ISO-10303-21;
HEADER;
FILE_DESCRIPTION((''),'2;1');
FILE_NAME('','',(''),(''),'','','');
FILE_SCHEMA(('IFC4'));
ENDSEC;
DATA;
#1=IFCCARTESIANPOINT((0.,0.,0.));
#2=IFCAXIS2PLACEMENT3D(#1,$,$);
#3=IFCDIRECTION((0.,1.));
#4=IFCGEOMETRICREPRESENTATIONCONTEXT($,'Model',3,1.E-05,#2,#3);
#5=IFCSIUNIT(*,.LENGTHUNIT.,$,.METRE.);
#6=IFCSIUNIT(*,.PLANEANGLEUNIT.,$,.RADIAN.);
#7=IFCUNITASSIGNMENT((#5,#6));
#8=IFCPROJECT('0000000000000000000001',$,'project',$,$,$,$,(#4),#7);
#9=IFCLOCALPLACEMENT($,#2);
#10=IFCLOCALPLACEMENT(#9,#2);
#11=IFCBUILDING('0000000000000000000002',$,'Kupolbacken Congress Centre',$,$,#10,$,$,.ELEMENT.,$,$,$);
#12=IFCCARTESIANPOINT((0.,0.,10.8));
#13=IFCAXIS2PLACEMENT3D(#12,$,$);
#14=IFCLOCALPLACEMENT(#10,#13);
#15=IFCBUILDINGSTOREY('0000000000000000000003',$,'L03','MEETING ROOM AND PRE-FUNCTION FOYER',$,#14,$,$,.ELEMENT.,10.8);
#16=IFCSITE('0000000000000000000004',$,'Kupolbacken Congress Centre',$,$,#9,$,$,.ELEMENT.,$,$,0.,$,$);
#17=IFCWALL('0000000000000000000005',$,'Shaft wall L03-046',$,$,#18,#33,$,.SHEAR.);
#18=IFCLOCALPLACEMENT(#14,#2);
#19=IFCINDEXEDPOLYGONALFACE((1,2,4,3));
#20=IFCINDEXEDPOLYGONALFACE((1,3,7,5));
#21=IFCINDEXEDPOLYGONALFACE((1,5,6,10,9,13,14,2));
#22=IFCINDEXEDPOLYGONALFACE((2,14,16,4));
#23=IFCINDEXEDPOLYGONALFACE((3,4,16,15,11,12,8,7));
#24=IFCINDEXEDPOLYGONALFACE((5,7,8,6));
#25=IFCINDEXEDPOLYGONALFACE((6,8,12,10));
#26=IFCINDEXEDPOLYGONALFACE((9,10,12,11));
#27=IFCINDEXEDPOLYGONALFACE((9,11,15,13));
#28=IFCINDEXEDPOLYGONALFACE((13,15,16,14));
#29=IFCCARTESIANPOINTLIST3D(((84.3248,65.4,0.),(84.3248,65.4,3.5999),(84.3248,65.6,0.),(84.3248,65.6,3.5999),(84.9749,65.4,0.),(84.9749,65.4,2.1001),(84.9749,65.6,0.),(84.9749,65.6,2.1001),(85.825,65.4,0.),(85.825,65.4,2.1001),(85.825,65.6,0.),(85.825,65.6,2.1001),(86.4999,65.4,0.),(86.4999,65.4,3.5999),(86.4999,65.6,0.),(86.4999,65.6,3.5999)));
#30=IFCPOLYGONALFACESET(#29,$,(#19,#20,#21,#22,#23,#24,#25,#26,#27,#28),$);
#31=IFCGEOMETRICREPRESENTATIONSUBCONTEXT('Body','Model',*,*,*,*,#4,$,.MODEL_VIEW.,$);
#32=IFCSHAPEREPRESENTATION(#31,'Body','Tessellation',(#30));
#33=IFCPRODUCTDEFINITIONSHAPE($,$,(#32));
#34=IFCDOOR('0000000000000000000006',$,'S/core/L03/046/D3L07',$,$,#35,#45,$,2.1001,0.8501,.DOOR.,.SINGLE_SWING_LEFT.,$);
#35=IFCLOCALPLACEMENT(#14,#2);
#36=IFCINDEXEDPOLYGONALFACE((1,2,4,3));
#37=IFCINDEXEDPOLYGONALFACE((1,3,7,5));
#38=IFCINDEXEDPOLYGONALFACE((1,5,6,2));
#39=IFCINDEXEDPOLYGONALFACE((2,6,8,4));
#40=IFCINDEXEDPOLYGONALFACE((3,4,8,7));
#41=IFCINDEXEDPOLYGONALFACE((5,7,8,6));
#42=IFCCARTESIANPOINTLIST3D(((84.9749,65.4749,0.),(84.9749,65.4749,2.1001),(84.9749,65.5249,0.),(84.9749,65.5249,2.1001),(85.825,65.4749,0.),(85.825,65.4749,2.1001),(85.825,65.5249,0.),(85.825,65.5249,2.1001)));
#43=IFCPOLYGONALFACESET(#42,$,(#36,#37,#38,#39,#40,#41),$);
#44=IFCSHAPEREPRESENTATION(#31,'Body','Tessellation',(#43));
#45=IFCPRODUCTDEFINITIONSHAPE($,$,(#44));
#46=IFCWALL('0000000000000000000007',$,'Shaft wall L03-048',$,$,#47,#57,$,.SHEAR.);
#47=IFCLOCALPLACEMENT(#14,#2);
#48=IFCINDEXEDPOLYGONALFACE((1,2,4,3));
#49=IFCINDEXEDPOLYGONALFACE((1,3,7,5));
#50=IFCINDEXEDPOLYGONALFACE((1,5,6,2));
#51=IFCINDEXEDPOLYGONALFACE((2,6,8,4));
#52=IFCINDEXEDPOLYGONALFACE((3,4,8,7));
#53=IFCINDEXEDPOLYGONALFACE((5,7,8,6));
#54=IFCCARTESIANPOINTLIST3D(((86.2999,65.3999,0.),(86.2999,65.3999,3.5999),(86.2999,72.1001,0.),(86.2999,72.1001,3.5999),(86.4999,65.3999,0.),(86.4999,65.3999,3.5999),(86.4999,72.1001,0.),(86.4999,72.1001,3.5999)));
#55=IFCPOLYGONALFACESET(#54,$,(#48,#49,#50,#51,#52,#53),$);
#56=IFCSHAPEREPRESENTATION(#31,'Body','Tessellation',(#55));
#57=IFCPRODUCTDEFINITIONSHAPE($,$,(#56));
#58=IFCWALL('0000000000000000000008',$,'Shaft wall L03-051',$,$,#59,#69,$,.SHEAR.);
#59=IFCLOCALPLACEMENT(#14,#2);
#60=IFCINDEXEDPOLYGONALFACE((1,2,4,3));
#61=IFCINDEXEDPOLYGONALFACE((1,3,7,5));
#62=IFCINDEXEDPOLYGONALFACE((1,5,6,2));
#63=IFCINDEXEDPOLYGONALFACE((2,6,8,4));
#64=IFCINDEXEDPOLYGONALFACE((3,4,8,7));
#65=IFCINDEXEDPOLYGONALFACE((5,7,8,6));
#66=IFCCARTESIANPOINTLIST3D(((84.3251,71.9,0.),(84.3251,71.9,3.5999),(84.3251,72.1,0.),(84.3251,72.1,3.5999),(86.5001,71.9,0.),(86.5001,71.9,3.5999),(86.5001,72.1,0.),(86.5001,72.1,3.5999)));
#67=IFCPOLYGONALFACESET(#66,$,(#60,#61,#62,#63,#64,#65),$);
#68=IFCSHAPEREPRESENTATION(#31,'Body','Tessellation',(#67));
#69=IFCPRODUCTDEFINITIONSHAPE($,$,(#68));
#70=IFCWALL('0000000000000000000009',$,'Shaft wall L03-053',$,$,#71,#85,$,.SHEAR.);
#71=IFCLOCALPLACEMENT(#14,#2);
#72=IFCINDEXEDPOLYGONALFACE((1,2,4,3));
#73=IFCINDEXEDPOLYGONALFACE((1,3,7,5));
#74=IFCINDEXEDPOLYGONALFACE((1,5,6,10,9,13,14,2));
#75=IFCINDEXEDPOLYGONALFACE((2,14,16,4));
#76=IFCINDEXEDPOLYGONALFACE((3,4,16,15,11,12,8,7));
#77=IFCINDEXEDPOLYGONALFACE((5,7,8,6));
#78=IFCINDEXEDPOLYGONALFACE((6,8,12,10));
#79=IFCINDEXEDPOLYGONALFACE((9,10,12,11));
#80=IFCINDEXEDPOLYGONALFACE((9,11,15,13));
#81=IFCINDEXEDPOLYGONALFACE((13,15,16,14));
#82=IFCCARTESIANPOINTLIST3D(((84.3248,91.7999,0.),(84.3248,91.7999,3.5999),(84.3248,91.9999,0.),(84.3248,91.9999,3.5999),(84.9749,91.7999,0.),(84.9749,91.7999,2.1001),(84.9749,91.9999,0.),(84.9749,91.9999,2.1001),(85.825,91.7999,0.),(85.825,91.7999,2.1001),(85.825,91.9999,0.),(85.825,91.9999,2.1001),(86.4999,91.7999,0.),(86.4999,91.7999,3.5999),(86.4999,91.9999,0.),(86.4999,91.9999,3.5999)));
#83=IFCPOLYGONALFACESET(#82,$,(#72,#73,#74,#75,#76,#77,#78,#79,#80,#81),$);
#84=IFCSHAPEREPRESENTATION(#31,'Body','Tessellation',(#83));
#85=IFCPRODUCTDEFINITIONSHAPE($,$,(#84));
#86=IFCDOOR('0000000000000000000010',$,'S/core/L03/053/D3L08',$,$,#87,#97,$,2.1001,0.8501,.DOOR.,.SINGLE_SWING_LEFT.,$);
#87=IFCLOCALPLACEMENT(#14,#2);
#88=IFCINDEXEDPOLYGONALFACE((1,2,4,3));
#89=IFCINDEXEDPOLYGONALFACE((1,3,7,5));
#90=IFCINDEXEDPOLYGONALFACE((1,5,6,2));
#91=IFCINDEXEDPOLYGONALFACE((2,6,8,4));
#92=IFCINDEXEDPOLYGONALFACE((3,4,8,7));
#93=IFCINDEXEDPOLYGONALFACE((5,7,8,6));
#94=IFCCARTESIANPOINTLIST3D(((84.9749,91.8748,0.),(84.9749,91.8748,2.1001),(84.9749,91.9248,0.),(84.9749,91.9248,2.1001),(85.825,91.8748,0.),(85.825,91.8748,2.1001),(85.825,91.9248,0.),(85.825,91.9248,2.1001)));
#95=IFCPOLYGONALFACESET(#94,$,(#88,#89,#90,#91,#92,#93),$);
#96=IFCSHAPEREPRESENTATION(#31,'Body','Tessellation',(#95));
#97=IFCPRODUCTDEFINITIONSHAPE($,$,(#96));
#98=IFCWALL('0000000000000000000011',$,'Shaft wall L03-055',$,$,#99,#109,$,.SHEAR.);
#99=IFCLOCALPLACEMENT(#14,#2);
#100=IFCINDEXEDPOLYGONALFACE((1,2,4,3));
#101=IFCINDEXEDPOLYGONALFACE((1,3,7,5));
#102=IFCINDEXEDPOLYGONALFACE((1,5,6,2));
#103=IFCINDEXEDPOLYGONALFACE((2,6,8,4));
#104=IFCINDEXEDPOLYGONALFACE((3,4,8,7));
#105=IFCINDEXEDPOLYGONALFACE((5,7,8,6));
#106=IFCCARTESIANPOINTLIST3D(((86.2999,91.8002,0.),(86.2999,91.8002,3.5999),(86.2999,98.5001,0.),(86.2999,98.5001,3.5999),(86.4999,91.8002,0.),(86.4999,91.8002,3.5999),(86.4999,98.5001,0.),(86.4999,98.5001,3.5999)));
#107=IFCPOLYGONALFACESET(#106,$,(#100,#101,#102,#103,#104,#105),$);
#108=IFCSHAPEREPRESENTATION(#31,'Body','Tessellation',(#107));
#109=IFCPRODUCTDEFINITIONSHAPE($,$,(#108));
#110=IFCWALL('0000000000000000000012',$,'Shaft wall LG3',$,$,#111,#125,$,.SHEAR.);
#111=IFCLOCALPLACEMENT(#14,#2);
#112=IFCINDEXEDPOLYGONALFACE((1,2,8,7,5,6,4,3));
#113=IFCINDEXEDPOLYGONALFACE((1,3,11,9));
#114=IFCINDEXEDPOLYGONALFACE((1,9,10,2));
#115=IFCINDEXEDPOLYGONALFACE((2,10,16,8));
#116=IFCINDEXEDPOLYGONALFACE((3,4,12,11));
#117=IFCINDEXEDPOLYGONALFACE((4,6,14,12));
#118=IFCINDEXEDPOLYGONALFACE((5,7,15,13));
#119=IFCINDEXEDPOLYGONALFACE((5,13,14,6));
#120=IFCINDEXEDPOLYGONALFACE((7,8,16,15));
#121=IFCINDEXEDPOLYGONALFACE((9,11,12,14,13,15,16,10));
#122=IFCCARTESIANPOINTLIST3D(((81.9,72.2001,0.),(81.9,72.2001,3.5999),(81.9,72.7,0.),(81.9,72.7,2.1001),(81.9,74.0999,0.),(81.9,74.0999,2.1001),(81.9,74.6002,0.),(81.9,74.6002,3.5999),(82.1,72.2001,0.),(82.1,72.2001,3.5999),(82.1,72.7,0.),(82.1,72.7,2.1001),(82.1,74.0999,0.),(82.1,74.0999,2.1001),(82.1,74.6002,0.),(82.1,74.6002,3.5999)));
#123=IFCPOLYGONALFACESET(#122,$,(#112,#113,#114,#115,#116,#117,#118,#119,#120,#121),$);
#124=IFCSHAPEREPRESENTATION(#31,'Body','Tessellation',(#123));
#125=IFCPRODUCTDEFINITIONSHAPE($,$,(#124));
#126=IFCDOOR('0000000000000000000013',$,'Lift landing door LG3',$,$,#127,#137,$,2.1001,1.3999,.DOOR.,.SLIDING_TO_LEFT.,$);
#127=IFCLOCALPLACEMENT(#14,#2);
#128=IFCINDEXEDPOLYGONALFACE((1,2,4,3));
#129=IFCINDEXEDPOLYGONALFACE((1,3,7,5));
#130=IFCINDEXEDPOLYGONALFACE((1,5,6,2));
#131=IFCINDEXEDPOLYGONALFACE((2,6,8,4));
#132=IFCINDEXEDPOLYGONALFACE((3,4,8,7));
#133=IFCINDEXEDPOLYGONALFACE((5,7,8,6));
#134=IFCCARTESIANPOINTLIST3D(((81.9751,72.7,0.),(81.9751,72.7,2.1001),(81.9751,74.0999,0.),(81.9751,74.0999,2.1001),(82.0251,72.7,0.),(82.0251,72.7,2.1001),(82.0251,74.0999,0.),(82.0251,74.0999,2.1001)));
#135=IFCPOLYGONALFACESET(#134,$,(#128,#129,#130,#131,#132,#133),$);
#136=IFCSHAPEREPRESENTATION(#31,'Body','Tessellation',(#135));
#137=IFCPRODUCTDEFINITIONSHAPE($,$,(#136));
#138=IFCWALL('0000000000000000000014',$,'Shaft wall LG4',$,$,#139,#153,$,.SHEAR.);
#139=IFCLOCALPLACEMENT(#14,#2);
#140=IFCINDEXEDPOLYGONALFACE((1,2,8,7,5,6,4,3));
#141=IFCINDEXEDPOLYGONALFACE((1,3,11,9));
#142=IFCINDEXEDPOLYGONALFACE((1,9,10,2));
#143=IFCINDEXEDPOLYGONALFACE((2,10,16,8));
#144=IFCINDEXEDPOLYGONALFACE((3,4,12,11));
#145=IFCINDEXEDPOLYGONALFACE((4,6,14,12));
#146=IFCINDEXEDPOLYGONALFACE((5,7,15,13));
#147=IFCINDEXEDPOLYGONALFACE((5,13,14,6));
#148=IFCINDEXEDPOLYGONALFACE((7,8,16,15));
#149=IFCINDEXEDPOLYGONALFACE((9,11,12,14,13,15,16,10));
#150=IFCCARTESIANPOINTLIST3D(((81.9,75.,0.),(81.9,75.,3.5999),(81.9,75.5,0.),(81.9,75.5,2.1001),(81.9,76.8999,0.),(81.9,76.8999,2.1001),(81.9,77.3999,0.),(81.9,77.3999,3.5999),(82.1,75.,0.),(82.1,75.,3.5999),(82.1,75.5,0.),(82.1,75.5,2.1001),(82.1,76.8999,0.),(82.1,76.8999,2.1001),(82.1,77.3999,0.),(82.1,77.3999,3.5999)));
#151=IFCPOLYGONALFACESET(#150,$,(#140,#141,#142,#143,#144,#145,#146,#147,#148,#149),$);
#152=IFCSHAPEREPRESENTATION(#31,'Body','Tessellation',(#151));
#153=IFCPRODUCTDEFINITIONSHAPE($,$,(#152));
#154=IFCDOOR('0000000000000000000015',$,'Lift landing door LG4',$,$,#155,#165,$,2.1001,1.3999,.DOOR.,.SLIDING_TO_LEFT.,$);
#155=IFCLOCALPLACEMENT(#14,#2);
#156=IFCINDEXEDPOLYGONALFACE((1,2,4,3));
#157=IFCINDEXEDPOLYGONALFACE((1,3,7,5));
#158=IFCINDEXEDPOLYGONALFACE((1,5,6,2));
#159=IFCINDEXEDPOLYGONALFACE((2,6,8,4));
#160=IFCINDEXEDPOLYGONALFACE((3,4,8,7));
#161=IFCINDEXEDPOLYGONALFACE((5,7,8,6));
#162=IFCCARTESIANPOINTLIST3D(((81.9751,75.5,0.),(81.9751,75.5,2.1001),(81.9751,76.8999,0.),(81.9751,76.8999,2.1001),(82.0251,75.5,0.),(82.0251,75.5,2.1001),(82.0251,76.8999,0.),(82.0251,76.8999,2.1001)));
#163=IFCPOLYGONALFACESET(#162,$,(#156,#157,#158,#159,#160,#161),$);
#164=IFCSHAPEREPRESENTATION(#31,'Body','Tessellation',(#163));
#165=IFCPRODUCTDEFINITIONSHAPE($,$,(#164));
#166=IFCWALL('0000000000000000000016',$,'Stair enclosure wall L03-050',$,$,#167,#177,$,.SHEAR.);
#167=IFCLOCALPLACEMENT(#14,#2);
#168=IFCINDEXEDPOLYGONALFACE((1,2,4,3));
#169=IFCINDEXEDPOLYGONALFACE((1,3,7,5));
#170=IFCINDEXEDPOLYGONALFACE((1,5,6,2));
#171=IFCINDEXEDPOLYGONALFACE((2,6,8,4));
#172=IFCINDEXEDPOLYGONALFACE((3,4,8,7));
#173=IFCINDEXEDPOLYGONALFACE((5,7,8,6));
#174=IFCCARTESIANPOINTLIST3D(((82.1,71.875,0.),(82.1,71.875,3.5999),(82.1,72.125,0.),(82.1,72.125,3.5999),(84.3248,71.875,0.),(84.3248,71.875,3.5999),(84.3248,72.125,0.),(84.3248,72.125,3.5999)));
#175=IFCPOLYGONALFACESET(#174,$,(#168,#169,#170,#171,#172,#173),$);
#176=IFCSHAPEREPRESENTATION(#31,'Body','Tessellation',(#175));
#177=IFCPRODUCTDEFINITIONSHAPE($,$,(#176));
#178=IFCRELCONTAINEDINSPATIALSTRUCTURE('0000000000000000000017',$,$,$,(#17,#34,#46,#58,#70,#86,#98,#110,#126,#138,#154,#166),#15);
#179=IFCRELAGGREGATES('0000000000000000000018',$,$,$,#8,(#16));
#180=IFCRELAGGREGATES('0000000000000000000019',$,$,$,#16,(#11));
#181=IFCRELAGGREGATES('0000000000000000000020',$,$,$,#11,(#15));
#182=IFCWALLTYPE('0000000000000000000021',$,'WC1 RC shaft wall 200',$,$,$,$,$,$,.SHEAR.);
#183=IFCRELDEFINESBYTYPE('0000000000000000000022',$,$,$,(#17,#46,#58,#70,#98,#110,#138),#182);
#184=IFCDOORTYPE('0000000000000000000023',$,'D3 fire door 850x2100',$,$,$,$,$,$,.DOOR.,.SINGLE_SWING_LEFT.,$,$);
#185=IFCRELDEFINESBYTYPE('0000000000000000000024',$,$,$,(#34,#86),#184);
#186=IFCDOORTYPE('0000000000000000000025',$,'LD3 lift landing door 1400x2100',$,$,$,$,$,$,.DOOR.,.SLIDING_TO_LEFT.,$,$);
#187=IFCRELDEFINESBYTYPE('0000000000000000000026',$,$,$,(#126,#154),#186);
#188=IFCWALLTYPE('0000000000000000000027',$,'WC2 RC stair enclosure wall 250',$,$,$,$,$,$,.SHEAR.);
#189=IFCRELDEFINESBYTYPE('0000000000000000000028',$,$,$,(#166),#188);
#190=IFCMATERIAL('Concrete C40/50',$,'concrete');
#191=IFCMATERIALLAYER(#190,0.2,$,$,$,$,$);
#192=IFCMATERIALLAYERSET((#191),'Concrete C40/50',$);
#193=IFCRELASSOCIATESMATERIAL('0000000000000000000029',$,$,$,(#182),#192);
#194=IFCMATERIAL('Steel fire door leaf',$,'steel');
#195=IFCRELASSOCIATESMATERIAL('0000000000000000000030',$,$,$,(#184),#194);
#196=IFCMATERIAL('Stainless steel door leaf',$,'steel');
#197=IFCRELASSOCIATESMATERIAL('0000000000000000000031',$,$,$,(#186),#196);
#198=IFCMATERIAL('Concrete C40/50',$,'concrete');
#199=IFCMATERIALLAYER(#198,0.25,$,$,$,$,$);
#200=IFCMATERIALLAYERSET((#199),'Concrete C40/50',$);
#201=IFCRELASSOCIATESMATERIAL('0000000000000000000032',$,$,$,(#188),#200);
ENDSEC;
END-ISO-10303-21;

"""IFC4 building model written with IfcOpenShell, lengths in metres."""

from ifc_helpers import new_model, si_unit, direction, frame, frame_2d, origin, place, context, subcontext, project, spatial, rectangle, extrude, material, layer, layer_set, type_object, element, fill, save


model = new_model("IFC4")

# Units and contexts
model_context = context("Model", 3, precision=1e-05, world=origin(), true_north=direction((0.0, 1.0)))
body_context = subcontext(model_context, "Body", "Model", "MODEL_VIEW")
ifc_project = project(units=[si_unit("LENGTHUNIT", "METRE"), si_unit("PLANEANGLEUNIT", "RADIAN")], contexts=[model_context])

# Site, building, storey
site_placement = place(None, origin())
site = spatial("IfcSite", under=ifc_project, at=site_placement, Name="Kupolbacken Congress Centre", CompositionType="ELEMENT", RefElevation=0.0)
building_placement = place(site_placement, origin())
building = spatial("IfcBuilding", under=site, at=building_placement, Name="Kupolbacken Congress Centre", CompositionType="ELEMENT")
storey_placement = place(building_placement, frame((0.0, 0.0, 10.8)))
storey = spatial("IfcBuildingStorey", under=building, at=storey_placement, Name="L03", Description="MEETING ROOM AND PRE-FUNCTION FOYER", CompositionType="ELEMENT", Elevation=10.8)

# Wall, opening, door
ifc_material_1 = material(Name="Concrete C40/50", Category="concrete")
ifc_layer_1 = layer(ifc_material_1, 0.2)
ifc_layer_set_1 = layer_set([ifc_layer_1], Name="Concrete C40/50")
wall_type_1 = type_object("IfcWallType", Name="WC1 RC shaft wall 200", PredefinedType="SHEAR", material=ifc_layer_set_1)
wall_1_placement = place(storey_placement, frame((84.325, 65.5, 0.0), z_axis=(0.0, 0.0, 1.0), x_axis=(1.0, 0.0, 0.0)))
wall_1 = element("IfcWall", 1, at=wall_1_placement, inside=storey, type_object=wall_type_1, Name="Shaft wall L03-046", PredefinedType="SHEAR", context=body_context, shape_type="SweptSolid", body=[
    extrude(rectangle(XDim=2.175, YDim=0.2, at=frame_2d((1.0874, 0.0))), origin(), (0.0, 0.0, 1.0), 3.5999),
])
opening_1_placement = place(wall_1_placement, frame((0.6499, 0.0, 0.0)))
opening_1 = element("IfcOpeningElement", 2, at=opening_1_placement, cuts=wall_1, PredefinedType="OPENING", context=body_context, shape_type="SweptSolid", body=[
    extrude(rectangle(XDim=0.8501, YDim=2.1001, at=frame_2d((0.425, 1.05))), frame((0.0, 0.1099, 0.0), z_axis=(0.0, -1.0, 0.0), x_axis=(1.0, 0.0, 0.0)), (0.0, 0.0, 1.0), 0.22),
])
ifc_material_2 = material(Name="Steel fire door leaf", Category="steel")
door_type_1 = type_object("IfcDoorType", Name="D3 fire door 850x2100", OperationType="SINGLE_SWING_LEFT", PredefinedType="DOOR", material=ifc_material_2)
door_1_placement = place(opening_1_placement, origin())
door_1 = element("IfcDoor", 3, at=door_1_placement, inside=storey, type_object=door_type_1, Name="S/core/L03/046/D3L07", OperationType="SINGLE_SWING_LEFT", OverallHeight=2.1001, OverallWidth=0.8501, PredefinedType="DOOR", context=body_context, shape_type="SweptSolid", body=[
    extrude(rectangle(XDim=0.8501, YDim=2.1001, at=frame_2d((0.425, 1.05))), frame((0.0, 0.0249, 0.0), z_axis=(0.0, -1.0, 0.0), x_axis=(1.0, 0.0, 0.0)), (0.0, 0.0, 1.0), 0.05),
])
fill(opening_1, door_1)

# Walls
wall_2_placement = place(storey_placement, frame((86.3999, 65.3999, 0.0), z_axis=(0.0, 0.0, 1.0), x_axis=(0.0, 1.0, 0.0)))
element("IfcWall", 4, at=wall_2_placement, inside=storey, type_object=wall_type_1, Name="Shaft wall L03-048", PredefinedType="SHEAR", context=body_context, shape_type="SweptSolid", body=[
    extrude(rectangle(XDim=6.7002, YDim=0.2, at=frame_2d((3.3501, 0.0))), origin(), (0.0, 0.0, 1.0), 3.5999),
])
wall_3_placement = place(storey_placement, frame((86.5, 72.0, 0.0), z_axis=(0.0, 0.0, 1.0), x_axis=(-1.0, 0.0, 0.0)))
element("IfcWall", 5, at=wall_3_placement, inside=storey, type_object=wall_type_1, Name="Shaft wall L03-051", PredefinedType="SHEAR", context=body_context, shape_type="SweptSolid", body=[
    extrude(rectangle(XDim=2.175, YDim=0.2, at=frame_2d((1.0874, 0.0))), origin(), (0.0, 0.0, 1.0), 3.5999),
])

# Wall, opening, door
wall_4_placement = place(storey_placement, frame((84.325, 91.8999, 0.0), z_axis=(0.0, 0.0, 1.0), x_axis=(1.0, 0.0, 0.0)))
wall_4 = element("IfcWall", 6, at=wall_4_placement, inside=storey, type_object=wall_type_1, Name="Shaft wall L03-053", PredefinedType="SHEAR", context=body_context, shape_type="SweptSolid", body=[
    extrude(rectangle(XDim=2.175, YDim=0.2, at=frame_2d((1.0874, 0.0))), origin(), (0.0, 0.0, 1.0), 3.5999),
])
opening_2_placement = place(wall_4_placement, frame((0.6499, 0.0, 0.0)))
opening_2 = element("IfcOpeningElement", 7, at=opening_2_placement, cuts=wall_4, PredefinedType="OPENING", context=body_context, shape_type="SweptSolid", body=[
    extrude(rectangle(XDim=0.8501, YDim=2.1001, at=frame_2d((0.425, 1.05))), frame((0.0, 0.1099, 0.0), z_axis=(0.0, -1.0, 0.0), x_axis=(1.0, 0.0, 0.0)), (0.0, 0.0, 1.0), 0.22),
])
door_2_placement = place(opening_2_placement, origin())
door_2 = element("IfcDoor", 8, at=door_2_placement, inside=storey, type_object=door_type_1, Name="S/core/L03/053/D3L08", OperationType="SINGLE_SWING_LEFT", OverallHeight=2.1001, OverallWidth=0.8501, PredefinedType="DOOR", context=body_context, shape_type="SweptSolid", body=[
    extrude(rectangle(XDim=0.8501, YDim=2.1001, at=frame_2d((0.425, 1.05))), frame((0.0, 0.0249, 0.0), z_axis=(0.0, -1.0, 0.0), x_axis=(1.0, 0.0, 0.0)), (0.0, 0.0, 1.0), 0.05),
])
fill(opening_2, door_2)

# Wall
wall_5_placement = place(storey_placement, frame((86.3999, 91.8, 0.0), z_axis=(0.0, 0.0, 1.0), x_axis=(0.0, 1.0, 0.0)))
element("IfcWall", 9, at=wall_5_placement, inside=storey, type_object=wall_type_1, Name="Shaft wall L03-055", PredefinedType="SHEAR", context=body_context, shape_type="SweptSolid", body=[
    extrude(rectangle(XDim=6.7, YDim=0.2, at=frame_2d((3.3501, 0.0))), origin(), (0.0, 0.0, 1.0), 3.5999),
])

# Walls, openings, doors
wall_6_placement = place(storey_placement, frame((82.0, 72.2, 0.0), z_axis=(0.0, 0.0, 1.0), x_axis=(0.0, 1.0, 0.0)))
wall_6 = element("IfcWall", 10, at=wall_6_placement, inside=storey, type_object=wall_type_1, Name="Shaft wall LG3", PredefinedType="SHEAR", context=body_context, shape_type="SweptSolid", body=[
    extrude(rectangle(XDim=2.4001, YDim=0.2, at=frame_2d((1.2002, 0.0))), origin(), (0.0, 0.0, 1.0), 3.5999),
])
opening_3_placement = place(wall_6_placement, frame((0.5, 0.0, 0.0)))
opening_3 = element("IfcOpeningElement", 11, at=opening_3_placement, cuts=wall_6, PredefinedType="OPENING", context=body_context, shape_type="SweptSolid", body=[
    extrude(rectangle(XDim=1.3999, YDim=2.1001, at=frame_2d((0.7, 1.05))), frame((0.0, 0.1099, 0.0), z_axis=(0.0, -1.0, 0.0), x_axis=(1.0, 0.0, 0.0)), (0.0, 0.0, 1.0), 0.22),
])
ifc_material_3 = material(Name="Stainless steel door leaf", Category="steel")
door_type_2 = type_object("IfcDoorType", Name="LD3 lift landing door 1400x2100", OperationType="SLIDING_TO_LEFT", PredefinedType="DOOR", material=ifc_material_3)
door_3_placement = place(opening_3_placement, origin())
door_3 = element("IfcDoor", 12, at=door_3_placement, inside=storey, type_object=door_type_2, Name="Lift landing door LG3", OperationType="SLIDING_TO_LEFT", OverallHeight=2.1001, OverallWidth=1.3999, PredefinedType="DOOR", context=body_context, shape_type="SweptSolid", body=[
    extrude(rectangle(XDim=1.3999, YDim=2.1001, at=frame_2d((0.7, 1.05))), frame((0.0, 0.0249, 0.0), z_axis=(0.0, -1.0, 0.0), x_axis=(1.0, 0.0, 0.0)), (0.0, 0.0, 1.0), 0.05),
])
fill(opening_3, door_3)
wall_7_placement = place(storey_placement, frame((82.0, 75.0, 0.0), z_axis=(0.0, 0.0, 1.0), x_axis=(0.0, 1.0, 0.0)))
wall_7 = element("IfcWall", 13, at=wall_7_placement, inside=storey, type_object=wall_type_1, Name="Shaft wall LG4", PredefinedType="SHEAR", context=body_context, shape_type="SweptSolid", body=[
    extrude(rectangle(XDim=2.3999, YDim=0.2, at=frame_2d((1.2, 0.0))), origin(), (0.0, 0.0, 1.0), 3.5999),
])
opening_4_placement = place(wall_7_placement, frame((0.5, 0.0, 0.0)))
opening_4 = element("IfcOpeningElement", 14, at=opening_4_placement, cuts=wall_7, PredefinedType="OPENING", context=body_context, shape_type="SweptSolid", body=[
    extrude(rectangle(XDim=1.3999, YDim=2.1001, at=frame_2d((0.7, 1.05))), frame((0.0, 0.1099, 0.0), z_axis=(0.0, -1.0, 0.0), x_axis=(1.0, 0.0, 0.0)), (0.0, 0.0, 1.0), 0.22),
])
door_4_placement = place(opening_4_placement, origin())
door_4 = element("IfcDoor", 15, at=door_4_placement, inside=storey, type_object=door_type_2, Name="Lift landing door LG4", OperationType="SLIDING_TO_LEFT", OverallHeight=2.1001, OverallWidth=1.3999, PredefinedType="DOOR", context=body_context, shape_type="SweptSolid", body=[
    extrude(rectangle(XDim=1.3999, YDim=2.1001, at=frame_2d((0.7, 1.05))), frame((0.0, 0.0249, 0.0), z_axis=(0.0, -1.0, 0.0), x_axis=(1.0, 0.0, 0.0)), (0.0, 0.0, 1.0), 0.05),
])
fill(opening_4, door_4)

# Wall
ifc_material_4 = material(Name="Concrete C40/50", Category="concrete")
ifc_layer_2 = layer(ifc_material_4, 0.25)
ifc_layer_set_2 = layer_set([ifc_layer_2], Name="Concrete C40/50")
wall_type_2 = type_object("IfcWallType", Name="WC2 RC stair enclosure wall 250", PredefinedType="SHEAR", material=ifc_layer_set_2)
wall_8_placement = place(storey_placement, frame((82.1001, 72.0, 0.0), z_axis=(0.0, 0.0, 1.0), x_axis=(1.0, 0.0, 0.0)))
element("IfcWall", 16, at=wall_8_placement, inside=storey, type_object=wall_type_2, Name="Stair enclosure wall L03-050", PredefinedType="SHEAR", context=body_context, shape_type="SweptSolid", body=[
    extrude(rectangle(XDim=2.2249, YDim=0.25, at=frame_2d((1.1123, 0.0))), origin(), (0.0, 0.0, 1.0), 3.5999),
])

save(model, "model.ifc")
